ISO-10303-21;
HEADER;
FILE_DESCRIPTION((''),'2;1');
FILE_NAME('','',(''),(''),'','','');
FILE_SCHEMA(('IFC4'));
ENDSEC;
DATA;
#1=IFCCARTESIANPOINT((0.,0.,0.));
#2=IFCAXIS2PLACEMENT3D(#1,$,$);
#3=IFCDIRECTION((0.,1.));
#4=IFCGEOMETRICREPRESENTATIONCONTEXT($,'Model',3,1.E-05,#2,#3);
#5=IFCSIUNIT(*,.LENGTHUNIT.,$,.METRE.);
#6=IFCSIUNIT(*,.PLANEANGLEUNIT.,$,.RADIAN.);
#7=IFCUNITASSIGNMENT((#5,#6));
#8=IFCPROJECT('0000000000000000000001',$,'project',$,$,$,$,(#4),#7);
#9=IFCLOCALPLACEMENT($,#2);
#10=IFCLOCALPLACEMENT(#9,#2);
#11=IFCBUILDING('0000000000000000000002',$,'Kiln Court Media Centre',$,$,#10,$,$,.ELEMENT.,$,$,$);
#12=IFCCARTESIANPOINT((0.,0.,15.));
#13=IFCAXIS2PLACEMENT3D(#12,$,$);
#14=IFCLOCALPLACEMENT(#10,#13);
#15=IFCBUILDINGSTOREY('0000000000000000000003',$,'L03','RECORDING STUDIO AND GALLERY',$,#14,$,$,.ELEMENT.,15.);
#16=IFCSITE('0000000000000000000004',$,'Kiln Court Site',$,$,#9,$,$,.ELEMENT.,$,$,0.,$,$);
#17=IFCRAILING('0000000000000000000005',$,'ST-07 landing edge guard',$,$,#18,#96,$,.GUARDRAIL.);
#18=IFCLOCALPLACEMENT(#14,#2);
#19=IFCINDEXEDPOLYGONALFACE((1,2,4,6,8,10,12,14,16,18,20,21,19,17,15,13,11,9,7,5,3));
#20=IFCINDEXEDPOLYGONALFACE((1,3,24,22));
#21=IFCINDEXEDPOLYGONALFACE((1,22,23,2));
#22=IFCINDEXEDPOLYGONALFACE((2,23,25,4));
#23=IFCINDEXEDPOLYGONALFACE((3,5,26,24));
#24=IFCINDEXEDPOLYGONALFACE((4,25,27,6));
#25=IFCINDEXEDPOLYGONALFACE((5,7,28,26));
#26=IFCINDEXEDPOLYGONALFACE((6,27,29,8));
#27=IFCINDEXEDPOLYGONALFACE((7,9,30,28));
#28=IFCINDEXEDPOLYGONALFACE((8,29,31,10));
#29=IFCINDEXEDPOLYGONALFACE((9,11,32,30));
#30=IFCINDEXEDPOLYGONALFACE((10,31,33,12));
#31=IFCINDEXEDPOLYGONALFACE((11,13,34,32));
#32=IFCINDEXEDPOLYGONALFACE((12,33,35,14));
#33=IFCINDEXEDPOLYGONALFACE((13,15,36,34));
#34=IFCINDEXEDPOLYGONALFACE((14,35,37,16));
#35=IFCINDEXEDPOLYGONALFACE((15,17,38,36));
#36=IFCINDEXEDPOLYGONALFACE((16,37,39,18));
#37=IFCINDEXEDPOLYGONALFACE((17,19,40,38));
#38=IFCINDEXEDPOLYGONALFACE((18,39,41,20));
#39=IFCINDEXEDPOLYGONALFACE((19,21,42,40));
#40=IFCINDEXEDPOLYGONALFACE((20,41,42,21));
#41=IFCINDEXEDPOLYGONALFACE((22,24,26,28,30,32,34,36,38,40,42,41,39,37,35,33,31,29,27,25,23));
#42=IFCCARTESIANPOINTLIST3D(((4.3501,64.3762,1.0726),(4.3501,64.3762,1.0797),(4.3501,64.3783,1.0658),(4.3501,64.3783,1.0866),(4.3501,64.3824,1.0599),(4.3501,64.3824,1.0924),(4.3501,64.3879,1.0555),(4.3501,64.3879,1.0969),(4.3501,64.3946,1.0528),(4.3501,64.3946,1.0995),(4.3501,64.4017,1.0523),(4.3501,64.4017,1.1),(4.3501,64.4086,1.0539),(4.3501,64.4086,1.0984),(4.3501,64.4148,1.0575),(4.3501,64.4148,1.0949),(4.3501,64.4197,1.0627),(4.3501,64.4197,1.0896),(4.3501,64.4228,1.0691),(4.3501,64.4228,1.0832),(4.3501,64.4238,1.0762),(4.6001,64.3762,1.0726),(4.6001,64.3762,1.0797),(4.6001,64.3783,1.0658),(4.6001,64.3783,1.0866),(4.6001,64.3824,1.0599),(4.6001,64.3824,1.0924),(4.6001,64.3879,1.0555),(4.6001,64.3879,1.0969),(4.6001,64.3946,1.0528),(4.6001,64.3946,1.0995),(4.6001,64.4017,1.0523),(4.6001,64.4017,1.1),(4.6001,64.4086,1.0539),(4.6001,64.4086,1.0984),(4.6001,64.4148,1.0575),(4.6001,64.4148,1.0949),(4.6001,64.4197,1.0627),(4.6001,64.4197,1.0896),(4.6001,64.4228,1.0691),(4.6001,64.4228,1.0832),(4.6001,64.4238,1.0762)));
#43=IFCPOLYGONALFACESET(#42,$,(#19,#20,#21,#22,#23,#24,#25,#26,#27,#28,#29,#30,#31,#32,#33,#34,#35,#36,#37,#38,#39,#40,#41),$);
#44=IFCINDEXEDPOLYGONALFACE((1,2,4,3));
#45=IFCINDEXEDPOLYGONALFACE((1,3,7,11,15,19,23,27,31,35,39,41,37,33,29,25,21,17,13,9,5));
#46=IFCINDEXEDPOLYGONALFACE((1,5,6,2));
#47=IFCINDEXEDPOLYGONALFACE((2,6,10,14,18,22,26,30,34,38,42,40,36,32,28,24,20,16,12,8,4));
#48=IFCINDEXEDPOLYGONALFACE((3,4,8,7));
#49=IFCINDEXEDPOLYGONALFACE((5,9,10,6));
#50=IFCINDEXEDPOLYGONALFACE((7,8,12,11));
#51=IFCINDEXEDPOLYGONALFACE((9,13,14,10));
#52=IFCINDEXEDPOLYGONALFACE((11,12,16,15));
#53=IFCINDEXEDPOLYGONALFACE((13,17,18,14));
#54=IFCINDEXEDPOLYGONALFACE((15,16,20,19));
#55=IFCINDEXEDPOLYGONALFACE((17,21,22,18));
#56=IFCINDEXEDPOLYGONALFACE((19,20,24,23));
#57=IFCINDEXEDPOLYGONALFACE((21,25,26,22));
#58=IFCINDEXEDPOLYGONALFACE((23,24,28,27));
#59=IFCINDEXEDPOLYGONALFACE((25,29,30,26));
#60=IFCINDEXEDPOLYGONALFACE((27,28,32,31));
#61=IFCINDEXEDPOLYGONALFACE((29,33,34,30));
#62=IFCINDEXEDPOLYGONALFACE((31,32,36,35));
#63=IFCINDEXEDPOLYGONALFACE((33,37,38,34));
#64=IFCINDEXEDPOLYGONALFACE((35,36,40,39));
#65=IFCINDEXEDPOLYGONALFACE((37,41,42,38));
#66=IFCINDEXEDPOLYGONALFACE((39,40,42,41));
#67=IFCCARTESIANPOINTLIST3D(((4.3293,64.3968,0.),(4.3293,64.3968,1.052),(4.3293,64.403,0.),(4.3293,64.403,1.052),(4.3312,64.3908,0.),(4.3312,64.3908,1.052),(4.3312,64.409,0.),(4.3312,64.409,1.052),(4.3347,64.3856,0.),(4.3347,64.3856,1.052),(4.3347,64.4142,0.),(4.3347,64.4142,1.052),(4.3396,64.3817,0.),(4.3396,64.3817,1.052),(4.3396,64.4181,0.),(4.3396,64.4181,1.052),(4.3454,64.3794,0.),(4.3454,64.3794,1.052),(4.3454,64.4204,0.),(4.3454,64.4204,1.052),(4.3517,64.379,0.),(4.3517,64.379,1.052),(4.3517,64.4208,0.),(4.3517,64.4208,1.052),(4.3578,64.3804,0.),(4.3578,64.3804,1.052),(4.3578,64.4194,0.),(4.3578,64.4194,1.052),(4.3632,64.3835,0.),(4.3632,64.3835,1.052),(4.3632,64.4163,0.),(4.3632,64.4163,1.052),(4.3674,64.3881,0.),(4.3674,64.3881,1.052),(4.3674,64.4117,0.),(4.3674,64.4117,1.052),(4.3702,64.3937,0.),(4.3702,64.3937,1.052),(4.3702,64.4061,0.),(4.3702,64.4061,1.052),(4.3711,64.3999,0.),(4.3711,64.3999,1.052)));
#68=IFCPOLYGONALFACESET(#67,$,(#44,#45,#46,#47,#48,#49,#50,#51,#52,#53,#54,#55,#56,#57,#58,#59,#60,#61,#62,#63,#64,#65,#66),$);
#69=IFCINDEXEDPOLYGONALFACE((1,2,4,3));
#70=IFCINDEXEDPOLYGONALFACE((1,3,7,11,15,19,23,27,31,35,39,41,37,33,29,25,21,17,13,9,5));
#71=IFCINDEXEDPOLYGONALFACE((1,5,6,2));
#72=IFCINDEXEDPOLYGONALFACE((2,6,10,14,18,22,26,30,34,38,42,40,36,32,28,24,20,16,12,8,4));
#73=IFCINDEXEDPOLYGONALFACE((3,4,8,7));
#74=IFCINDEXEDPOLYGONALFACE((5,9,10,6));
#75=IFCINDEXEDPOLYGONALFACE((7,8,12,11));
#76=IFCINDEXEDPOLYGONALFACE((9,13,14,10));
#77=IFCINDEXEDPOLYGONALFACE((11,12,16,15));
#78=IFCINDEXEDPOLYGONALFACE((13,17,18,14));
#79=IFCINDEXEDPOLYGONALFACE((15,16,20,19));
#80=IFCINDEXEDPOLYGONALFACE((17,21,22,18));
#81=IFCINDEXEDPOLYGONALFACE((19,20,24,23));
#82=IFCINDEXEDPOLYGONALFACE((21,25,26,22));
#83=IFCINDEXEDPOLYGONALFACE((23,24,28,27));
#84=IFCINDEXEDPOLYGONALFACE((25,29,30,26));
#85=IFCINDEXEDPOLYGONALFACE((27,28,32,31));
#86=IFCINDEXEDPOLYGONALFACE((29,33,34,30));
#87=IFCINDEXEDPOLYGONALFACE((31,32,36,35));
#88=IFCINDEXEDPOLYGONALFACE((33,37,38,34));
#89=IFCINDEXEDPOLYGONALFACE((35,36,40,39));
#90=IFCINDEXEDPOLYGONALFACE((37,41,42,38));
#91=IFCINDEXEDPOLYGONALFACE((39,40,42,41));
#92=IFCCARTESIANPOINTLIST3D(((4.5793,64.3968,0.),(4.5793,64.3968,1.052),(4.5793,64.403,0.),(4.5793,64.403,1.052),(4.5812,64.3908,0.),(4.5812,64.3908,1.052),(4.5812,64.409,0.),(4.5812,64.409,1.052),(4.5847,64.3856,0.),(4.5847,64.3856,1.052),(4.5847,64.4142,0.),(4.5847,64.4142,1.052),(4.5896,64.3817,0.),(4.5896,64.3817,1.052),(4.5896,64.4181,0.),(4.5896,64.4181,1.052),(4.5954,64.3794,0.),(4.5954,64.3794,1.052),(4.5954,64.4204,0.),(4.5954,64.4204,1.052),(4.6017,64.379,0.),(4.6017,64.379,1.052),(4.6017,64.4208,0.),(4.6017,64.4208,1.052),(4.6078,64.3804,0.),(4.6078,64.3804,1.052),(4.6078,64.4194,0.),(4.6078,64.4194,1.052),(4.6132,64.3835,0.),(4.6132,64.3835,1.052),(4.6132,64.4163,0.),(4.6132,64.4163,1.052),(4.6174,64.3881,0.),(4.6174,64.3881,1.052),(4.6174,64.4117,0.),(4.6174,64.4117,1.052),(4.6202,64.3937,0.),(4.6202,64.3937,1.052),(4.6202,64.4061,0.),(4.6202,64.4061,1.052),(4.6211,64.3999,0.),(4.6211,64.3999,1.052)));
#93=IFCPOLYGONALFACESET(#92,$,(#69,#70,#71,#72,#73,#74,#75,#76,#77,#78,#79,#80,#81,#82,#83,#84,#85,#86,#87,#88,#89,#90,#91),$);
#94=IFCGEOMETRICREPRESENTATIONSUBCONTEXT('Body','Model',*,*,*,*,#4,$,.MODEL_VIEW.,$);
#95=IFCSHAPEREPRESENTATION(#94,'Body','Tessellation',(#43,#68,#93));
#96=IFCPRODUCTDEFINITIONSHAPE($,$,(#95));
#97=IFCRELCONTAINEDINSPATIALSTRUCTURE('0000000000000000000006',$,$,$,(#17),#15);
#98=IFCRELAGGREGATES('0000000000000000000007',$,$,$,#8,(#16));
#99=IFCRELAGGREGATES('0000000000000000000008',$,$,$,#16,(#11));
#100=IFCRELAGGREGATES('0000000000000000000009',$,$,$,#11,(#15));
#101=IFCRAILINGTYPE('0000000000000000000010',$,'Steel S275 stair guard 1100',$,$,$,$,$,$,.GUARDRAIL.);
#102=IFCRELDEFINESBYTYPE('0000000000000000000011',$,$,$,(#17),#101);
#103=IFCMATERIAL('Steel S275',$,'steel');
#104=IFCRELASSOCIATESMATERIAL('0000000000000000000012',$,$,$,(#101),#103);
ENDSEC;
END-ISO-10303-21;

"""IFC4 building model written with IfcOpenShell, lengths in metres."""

from ifc_helpers import new_model, si_unit, direction, frame, origin, origin_2d, place, context, subcontext, project, spatial, circle, extrude, material, type_object, element, save


model = new_model("IFC4")

# Units and contexts
model_context = context("Model", 3, precision=1e-05, world=origin(), true_north=direction((0.0, 1.0)))
body_context = subcontext(model_context, "Body", "Model", "MODEL_VIEW")
ifc_project = project(units=[si_unit("LENGTHUNIT", "METRE"), si_unit("PLANEANGLEUNIT", "RADIAN")], contexts=[model_context])

# Site, building, storey
site_placement = place(None, origin())
site = spatial("IfcSite", under=ifc_project, at=site_placement, Name="Kiln Court Site", CompositionType="ELEMENT", RefElevation=0.0)
building_placement = place(site_placement, origin())
building = spatial("IfcBuilding", under=site, at=building_placement, Name="Kiln Court Media Centre", CompositionType="ELEMENT")
storey_placement = place(building_placement, frame((0.0, 0.0, 15.0)))
storey = spatial("IfcBuildingStorey", under=building, at=storey_placement, Name="L03", Description="RECORDING STUDIO AND GALLERY", CompositionType="ELEMENT", Elevation=15.0)

# Railing
ifc_material_1 = material(Name="Steel S275", Category="steel")
railing_type_1 = type_object("IfcRailingType", Name="Steel S275 stair guard 1100", PredefinedType="GUARDRAIL", material=ifc_material_1)
for number, where, name in (
    (1, (4.3501, 64.3999, 0.0), "ST-07 landing edge guard"),
):
    element("IfcRailing", number, at=place(storey_placement, frame(where)), inside=storey, type_object=railing_type_1, Name=name, PredefinedType="GUARDRAIL", context=body_context, shape_type="SweptSolid", body=[
        extrude(circle(Radius=0.0239, at=origin_2d()), frame((0.0, 0.0, 1.0762), z_axis=(1.0, 0.0, 0.0), x_axis=(0.0, 1.0, 0.0)), (0.0, 0.0, 1.0), 0.25),
        extrude(circle(Radius=0.021, at=origin_2d()), origin(), (0.0, 0.0, 1.0), 1.052),
        extrude(circle(Radius=0.021, at=origin_2d()), frame((0.25, 0.0, 0.0)), (0.0, 0.0, 1.0), 1.052),
    ])

save(model, "model.ifc")
